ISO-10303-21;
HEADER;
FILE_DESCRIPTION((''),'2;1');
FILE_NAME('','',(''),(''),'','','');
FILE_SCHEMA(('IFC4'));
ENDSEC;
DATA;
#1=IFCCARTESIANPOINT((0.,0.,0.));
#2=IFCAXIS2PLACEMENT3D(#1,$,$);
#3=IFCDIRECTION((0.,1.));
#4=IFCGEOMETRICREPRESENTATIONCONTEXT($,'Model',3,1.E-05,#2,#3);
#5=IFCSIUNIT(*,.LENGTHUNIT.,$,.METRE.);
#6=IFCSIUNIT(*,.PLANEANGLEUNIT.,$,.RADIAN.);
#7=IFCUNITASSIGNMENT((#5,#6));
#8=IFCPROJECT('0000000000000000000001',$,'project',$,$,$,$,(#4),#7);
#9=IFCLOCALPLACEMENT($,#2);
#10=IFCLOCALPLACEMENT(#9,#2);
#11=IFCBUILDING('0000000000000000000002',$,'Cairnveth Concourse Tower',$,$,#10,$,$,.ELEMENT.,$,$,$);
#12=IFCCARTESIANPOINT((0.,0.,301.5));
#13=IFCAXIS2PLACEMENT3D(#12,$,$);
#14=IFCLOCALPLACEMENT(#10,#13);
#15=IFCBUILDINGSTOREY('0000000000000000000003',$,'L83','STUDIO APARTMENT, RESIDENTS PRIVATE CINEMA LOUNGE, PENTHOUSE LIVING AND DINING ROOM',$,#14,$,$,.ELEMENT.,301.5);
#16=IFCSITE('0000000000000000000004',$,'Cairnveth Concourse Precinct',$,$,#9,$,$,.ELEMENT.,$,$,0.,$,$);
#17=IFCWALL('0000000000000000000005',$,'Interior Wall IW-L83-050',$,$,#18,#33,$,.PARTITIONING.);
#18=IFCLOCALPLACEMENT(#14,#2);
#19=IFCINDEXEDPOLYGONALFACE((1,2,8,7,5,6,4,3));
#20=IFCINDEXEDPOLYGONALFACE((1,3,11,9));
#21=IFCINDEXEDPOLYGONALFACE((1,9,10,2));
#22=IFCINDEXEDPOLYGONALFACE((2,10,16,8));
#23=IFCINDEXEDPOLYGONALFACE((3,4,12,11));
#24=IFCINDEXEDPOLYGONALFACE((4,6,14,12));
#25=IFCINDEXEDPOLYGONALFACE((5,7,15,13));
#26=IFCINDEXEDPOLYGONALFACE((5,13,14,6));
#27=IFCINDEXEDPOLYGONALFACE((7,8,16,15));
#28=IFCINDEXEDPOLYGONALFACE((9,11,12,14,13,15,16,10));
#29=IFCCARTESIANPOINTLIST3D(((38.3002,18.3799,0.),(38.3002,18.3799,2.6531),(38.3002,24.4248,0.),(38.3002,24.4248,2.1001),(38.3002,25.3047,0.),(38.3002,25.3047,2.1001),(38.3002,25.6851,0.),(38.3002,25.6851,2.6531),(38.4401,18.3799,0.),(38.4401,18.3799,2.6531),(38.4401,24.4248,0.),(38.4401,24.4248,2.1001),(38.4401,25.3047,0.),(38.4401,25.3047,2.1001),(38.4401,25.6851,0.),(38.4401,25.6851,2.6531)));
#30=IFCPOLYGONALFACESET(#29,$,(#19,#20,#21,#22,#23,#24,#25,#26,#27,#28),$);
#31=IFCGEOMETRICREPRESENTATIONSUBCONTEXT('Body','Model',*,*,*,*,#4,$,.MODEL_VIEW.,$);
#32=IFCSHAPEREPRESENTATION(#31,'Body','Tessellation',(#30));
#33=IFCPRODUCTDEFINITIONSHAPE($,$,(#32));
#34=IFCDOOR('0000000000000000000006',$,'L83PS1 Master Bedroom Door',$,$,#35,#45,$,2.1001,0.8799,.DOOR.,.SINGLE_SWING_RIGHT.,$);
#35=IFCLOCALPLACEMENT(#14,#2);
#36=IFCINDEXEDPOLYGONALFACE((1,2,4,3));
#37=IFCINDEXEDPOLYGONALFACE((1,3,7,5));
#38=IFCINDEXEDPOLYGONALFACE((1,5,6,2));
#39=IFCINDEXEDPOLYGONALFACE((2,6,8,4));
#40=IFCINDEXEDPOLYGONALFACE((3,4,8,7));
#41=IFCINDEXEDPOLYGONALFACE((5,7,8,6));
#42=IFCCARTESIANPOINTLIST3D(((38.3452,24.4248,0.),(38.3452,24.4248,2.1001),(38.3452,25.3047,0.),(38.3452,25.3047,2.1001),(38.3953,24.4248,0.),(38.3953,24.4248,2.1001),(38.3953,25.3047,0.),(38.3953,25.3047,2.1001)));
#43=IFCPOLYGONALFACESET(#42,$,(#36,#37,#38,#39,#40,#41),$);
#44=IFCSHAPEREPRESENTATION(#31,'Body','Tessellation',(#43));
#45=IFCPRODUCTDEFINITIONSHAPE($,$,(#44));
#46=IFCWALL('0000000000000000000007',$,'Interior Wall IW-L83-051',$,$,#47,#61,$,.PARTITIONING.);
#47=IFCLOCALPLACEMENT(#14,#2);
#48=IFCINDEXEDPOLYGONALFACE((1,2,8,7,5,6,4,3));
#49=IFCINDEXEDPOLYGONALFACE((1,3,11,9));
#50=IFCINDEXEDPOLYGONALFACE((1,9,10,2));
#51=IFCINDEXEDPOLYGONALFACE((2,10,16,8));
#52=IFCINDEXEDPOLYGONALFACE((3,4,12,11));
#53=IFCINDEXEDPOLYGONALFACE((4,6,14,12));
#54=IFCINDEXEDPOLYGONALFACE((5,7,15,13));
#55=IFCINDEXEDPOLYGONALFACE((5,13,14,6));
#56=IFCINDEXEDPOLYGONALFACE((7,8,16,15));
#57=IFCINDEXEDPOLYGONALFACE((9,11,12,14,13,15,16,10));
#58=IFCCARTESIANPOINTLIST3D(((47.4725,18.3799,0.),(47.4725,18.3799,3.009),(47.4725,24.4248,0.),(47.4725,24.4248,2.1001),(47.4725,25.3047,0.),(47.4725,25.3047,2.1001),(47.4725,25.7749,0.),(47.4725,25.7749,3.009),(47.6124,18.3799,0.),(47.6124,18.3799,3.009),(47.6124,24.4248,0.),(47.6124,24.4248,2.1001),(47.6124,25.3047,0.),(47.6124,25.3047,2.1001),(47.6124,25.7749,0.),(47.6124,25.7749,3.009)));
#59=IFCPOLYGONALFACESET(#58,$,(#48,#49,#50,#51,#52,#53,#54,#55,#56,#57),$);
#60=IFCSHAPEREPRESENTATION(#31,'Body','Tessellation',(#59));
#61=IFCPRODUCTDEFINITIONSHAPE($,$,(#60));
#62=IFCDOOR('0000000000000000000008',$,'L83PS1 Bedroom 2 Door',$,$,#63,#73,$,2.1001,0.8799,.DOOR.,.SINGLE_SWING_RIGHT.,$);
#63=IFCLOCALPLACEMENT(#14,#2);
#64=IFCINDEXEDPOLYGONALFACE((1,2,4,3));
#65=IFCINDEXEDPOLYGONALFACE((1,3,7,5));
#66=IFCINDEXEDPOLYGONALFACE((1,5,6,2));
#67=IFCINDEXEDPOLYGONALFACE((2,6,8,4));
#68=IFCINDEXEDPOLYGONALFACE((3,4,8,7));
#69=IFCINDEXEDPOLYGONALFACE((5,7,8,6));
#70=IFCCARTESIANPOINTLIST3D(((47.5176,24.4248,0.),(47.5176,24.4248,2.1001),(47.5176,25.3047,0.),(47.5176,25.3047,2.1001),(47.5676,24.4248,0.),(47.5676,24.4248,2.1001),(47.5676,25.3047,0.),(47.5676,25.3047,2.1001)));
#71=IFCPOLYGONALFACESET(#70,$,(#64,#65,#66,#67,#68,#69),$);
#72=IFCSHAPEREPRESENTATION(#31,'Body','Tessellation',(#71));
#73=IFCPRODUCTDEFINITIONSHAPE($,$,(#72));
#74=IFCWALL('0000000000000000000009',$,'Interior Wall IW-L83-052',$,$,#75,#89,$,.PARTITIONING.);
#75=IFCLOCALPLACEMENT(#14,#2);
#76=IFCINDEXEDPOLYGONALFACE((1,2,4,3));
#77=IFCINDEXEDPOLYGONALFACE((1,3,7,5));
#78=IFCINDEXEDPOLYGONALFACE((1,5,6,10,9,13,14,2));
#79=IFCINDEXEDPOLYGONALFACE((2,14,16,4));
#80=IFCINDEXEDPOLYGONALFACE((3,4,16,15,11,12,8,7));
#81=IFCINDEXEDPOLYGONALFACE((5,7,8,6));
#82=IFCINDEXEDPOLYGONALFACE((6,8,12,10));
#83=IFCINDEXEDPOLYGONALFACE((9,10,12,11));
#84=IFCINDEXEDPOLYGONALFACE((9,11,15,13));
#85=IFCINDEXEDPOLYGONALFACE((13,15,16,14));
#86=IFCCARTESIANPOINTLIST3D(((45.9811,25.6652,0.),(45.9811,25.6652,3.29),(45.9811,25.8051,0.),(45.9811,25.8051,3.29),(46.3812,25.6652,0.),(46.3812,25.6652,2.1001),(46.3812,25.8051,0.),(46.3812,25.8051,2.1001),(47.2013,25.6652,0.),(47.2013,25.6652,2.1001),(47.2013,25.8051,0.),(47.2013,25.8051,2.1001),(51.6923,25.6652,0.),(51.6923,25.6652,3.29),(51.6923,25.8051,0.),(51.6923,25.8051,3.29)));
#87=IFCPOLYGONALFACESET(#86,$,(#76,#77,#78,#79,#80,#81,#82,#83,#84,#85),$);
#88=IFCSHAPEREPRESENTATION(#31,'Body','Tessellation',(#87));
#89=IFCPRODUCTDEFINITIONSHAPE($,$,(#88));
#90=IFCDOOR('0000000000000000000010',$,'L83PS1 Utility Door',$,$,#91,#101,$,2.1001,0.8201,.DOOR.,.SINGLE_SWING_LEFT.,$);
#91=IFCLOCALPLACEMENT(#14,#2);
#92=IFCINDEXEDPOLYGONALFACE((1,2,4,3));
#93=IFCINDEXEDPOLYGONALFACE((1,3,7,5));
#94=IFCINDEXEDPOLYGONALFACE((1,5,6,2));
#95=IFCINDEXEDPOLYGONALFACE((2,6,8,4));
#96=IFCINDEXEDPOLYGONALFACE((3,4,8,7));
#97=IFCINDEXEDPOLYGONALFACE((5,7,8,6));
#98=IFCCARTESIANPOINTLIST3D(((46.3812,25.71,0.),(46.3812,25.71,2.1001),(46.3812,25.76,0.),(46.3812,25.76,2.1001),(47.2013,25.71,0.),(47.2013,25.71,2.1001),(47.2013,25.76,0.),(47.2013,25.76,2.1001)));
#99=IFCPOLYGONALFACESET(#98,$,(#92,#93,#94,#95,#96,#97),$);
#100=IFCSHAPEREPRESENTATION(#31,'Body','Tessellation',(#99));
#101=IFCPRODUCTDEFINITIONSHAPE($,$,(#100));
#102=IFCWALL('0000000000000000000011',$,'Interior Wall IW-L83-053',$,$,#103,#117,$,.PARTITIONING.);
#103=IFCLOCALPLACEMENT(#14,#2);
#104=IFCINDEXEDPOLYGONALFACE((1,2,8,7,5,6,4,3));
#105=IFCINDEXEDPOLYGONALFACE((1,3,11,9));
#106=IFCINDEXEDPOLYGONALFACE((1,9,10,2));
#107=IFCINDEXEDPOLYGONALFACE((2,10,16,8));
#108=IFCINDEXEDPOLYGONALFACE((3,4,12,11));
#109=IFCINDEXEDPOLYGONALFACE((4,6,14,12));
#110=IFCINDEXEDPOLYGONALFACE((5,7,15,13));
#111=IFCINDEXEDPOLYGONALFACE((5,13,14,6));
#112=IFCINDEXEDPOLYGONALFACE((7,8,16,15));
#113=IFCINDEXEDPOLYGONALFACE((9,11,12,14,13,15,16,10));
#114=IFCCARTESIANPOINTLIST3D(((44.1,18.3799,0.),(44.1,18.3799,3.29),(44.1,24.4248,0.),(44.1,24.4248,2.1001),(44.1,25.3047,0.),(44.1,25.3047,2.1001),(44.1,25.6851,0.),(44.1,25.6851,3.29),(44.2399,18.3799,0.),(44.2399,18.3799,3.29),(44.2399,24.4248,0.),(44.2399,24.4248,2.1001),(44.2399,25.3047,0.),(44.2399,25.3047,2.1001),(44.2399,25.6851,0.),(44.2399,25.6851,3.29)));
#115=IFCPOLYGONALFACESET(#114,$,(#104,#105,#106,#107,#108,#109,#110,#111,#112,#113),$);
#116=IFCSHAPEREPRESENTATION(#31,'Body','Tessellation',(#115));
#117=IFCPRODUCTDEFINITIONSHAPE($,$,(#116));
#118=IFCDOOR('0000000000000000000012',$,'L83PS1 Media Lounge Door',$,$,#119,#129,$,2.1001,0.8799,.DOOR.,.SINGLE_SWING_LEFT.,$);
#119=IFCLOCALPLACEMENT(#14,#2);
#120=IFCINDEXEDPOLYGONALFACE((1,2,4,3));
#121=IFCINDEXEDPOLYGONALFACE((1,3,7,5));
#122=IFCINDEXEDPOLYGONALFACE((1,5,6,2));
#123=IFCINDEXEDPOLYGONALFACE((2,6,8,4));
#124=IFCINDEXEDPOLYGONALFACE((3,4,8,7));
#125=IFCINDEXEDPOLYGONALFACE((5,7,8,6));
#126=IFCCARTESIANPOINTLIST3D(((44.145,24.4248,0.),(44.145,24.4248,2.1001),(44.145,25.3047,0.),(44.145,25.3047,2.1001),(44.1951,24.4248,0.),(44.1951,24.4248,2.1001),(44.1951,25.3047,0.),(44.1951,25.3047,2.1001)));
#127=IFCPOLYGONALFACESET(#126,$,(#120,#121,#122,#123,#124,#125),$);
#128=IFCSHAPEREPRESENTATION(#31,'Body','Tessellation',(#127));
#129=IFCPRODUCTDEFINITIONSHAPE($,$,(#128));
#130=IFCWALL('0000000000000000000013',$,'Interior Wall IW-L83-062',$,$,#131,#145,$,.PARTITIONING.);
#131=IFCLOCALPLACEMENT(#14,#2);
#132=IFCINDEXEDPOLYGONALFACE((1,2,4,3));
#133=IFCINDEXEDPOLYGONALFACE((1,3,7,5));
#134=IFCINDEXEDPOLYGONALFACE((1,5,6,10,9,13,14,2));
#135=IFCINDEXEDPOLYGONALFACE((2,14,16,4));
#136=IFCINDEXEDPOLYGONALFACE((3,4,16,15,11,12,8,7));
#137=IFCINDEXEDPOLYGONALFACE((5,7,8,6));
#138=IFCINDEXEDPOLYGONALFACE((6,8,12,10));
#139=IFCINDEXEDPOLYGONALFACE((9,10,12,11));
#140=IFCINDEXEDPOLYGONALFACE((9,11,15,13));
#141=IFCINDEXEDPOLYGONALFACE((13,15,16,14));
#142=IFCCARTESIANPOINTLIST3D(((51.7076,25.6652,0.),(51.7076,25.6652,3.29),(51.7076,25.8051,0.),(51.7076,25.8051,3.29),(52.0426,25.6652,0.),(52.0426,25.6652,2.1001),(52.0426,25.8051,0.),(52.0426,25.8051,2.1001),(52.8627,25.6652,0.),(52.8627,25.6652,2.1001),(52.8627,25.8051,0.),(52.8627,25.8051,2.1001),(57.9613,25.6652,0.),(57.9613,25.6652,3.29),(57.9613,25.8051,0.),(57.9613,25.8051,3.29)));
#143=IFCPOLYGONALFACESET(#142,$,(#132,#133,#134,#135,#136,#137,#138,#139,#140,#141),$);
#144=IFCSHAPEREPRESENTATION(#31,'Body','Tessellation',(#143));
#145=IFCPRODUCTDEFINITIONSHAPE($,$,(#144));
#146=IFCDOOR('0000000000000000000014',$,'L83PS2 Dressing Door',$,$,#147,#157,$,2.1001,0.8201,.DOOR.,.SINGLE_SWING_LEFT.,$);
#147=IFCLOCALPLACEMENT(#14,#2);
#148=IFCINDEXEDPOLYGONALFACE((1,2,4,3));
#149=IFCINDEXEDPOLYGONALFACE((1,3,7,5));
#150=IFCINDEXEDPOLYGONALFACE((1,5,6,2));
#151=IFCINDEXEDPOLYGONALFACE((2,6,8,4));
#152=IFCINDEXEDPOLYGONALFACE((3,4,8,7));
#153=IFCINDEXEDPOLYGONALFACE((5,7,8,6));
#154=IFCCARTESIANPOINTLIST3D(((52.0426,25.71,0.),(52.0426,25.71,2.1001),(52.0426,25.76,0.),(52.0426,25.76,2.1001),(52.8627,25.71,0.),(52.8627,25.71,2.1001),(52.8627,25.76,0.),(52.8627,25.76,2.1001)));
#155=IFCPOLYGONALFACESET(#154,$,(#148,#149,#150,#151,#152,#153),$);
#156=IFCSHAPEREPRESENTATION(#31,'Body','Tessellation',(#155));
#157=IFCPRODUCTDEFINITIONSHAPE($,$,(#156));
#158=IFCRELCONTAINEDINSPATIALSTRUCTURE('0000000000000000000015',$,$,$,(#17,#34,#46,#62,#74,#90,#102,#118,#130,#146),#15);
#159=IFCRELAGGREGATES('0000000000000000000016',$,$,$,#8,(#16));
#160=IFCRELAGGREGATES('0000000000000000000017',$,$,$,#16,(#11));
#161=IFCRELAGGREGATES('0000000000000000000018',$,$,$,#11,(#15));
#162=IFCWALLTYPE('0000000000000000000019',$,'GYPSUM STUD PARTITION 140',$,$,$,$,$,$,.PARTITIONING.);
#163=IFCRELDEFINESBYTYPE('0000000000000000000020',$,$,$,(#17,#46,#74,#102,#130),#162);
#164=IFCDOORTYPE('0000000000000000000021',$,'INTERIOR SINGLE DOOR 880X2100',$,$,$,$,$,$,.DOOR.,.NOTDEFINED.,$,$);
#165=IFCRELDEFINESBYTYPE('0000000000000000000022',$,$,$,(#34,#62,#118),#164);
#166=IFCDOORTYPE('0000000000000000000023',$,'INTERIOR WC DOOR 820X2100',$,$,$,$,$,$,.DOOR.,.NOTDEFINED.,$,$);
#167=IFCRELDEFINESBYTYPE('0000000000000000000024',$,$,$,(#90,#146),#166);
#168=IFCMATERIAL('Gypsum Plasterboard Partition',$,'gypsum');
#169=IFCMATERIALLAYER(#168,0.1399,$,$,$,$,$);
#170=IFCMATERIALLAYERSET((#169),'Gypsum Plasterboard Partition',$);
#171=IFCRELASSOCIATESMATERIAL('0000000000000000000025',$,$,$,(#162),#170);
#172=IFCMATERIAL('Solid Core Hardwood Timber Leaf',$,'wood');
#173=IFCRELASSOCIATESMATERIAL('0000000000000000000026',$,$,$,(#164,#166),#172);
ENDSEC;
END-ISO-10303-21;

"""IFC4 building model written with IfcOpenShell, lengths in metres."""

from ifc_helpers import new_model, si_unit, direction, frame, frame_2d, origin, place, context, subcontext, project, spatial, rectangle, extrude, material, layer, layer_set, type_object, element, fill, save


model = new_model("IFC4")

# Units and contexts
model_context = context("Model", 3, precision=1e-05, world=origin(), true_north=direction((0.0, 1.0)))
body_context = subcontext(model_context, "Body", "Model", "MODEL_VIEW")
ifc_project = project(units=[si_unit("LENGTHUNIT", "METRE"), si_unit("PLANEANGLEUNIT", "RADIAN")], contexts=[model_context])

# Site, building, storey
site_placement = place(None, origin())
site = spatial("IfcSite", under=ifc_project, at=site_placement, Name="Cairnveth Concourse Precinct", CompositionType="ELEMENT", RefElevation=0.0)
building_placement = place(site_placement, origin())
building = spatial("IfcBuilding", under=site, at=building_placement, Name="Cairnveth Concourse Tower", CompositionType="ELEMENT")
storey_placement = place(building_placement, frame((0.0, 0.0, 301.5)))
storey = spatial("IfcBuildingStorey", under=building, at=storey_placement, Name="L83", Description="STUDIO APARTMENT, RESIDENTS PRIVATE CINEMA LOUNGE, PENTHOUSE LIVING AND DINING ROOM", CompositionType="ELEMENT", Elevation=301.5)

# Shared definitions
ifc_material_1 = material(Name="Gypsum Plasterboard Partition", Category="gypsum")

# Walls, openings, doors
ifc_layer_1 = layer(ifc_material_1, 0.1399)
ifc_layer_set_1 = layer_set([ifc_layer_1], Name="Gypsum Plasterboard Partition")
wall_type_1 = type_object("IfcWallType", Name="GYPSUM STUD PARTITION 140", PredefinedType="PARTITIONING", material=ifc_layer_set_1)
wall_1_placement = place(storey_placement, frame((38.3701, 18.3799, 0.0), z_axis=(0.0, 0.0, 1.0), x_axis=(0.0, 1.0, 0.0)))
wall_1 = element("IfcWall", 1, at=wall_1_placement, inside=storey, type_object=wall_type_1, Name="Interior Wall IW-L83-050", PredefinedType="PARTITIONING", context=body_context, shape_type="SweptSolid", body=[
    extrude(rectangle(XDim=7.3052, YDim=0.1399, at=frame_2d((3.6526, 0.0))), origin(), (0.0, 0.0, 1.0), 2.6531),
])
opening_1_placement = place(wall_1_placement, frame((6.0449, 0.0, 0.0)))
opening_1 = element("IfcOpeningElement", 2, at=opening_1_placement, cuts=wall_1, PredefinedType="OPENING", context=body_context, shape_type="SweptSolid", body=[
    extrude(rectangle(XDim=0.8799, YDim=2.1001, at=frame_2d((0.4399, 1.05))), frame((0.0, 0.0798, 0.0), z_axis=(0.0, -1.0, 0.0), x_axis=(1.0, 0.0, 0.0)), (0.0, 0.0, 1.0), 0.1599),
])
ifc_material_2 = material(Name="Solid Core Hardwood Timber Leaf", Category="wood")
door_type_1 = type_object("IfcDoorType", Name="INTERIOR SINGLE DOOR 880X2100", OperationType="NOTDEFINED", PredefinedType="DOOR", material=ifc_material_2)
door_1_placement = place(opening_1_placement, origin())
door_1 = element("IfcDoor", 3, at=door_1_placement, inside=storey, type_object=door_type_1, Name="L83PS1 Master Bedroom Door", OperationType="SINGLE_SWING_RIGHT", OverallHeight=2.1001, OverallWidth=0.8799, PredefinedType="DOOR", context=body_context, shape_type="SweptSolid", body=[
    extrude(rectangle(XDim=0.8799, YDim=2.1001, at=frame_2d((0.4399, 1.05))), frame((0.0, 0.0249, 0.0), z_axis=(0.0, -1.0, 0.0), x_axis=(1.0, 0.0, 0.0)), (0.0, 0.0, 1.0), 0.05),
])
fill(opening_1, door_1)
wall_2_placement = place(storey_placement, frame((47.5425, 18.3799, 0.0), z_axis=(0.0, 0.0, 1.0), x_axis=(0.0, 1.0, 0.0)))
wall_2 = element("IfcWall", 4, at=wall_2_placement, inside=storey, type_object=wall_type_1, Name="Interior Wall IW-L83-051", PredefinedType="PARTITIONING", context=body_context, shape_type="SweptSolid", body=[
    extrude(rectangle(XDim=7.395, YDim=0.1399, at=frame_2d((3.6975, 0.0))), origin(), (0.0, 0.0, 1.0), 3.009),
])
opening_2_placement = place(wall_2_placement, frame((6.0449, 0.0, 0.0)))
opening_2 = element("IfcOpeningElement", 5, at=opening_2_placement, cuts=wall_2, PredefinedType="OPENING", context=body_context, shape_type="SweptSolid", body=[
    extrude(rectangle(XDim=0.8799, YDim=2.1001, at=frame_2d((0.4399, 1.05))), frame((0.0, 0.0798, 0.0), z_axis=(0.0, -1.0, 0.0), x_axis=(1.0, 0.0, 0.0)), (0.0, 0.0, 1.0), 0.1599),
])
door_2_placement = place(opening_2_placement, origin())
door_2 = element("IfcDoor", 6, at=door_2_placement, inside=storey, type_object=door_type_1, Name="L83PS1 Bedroom 2 Door", OperationType="SINGLE_SWING_RIGHT", OverallHeight=2.1001, OverallWidth=0.8799, PredefinedType="DOOR", context=body_context, shape_type="SweptSolid", body=[
    extrude(rectangle(XDim=0.8799, YDim=2.1001, at=frame_2d((0.4399, 1.05))), frame((0.0, 0.0249, 0.0), z_axis=(0.0, -1.0, 0.0), x_axis=(1.0, 0.0, 0.0)), (0.0, 0.0, 1.0), 0.05),
])
fill(opening_2, door_2)
wall_3_placement = place(storey_placement, frame((45.9812, 25.7351, 0.0), z_axis=(0.0, 0.0, 1.0), x_axis=(1.0, 0.0, 0.0)))
wall_3 = element("IfcWall", 7, at=wall_3_placement, inside=storey, type_object=wall_type_1, Name="Interior Wall IW-L83-052", PredefinedType="PARTITIONING", context=body_context, shape_type="SweptSolid", body=[
    extrude(rectangle(XDim=5.7112, YDim=0.1399, at=frame_2d((2.8555, 0.0))), origin(), (0.0, 0.0, 1.0), 3.29),
])
opening_3_placement = place(wall_3_placement, frame((0.3999, 0.0, 0.0)))
opening_3 = element("IfcOpeningElement", 8, at=opening_3_placement, cuts=wall_3, PredefinedType="OPENING", context=body_context, shape_type="SweptSolid", body=[
    extrude(rectangle(XDim=0.8201, YDim=2.1001, at=frame_2d((0.4102, 1.05))), frame((0.0, 0.0798, 0.0), z_axis=(0.0, -1.0, 0.0), x_axis=(1.0, 0.0, 0.0)), (0.0, 0.0, 1.0), 0.1599),
])
door_type_2 = type_object("IfcDoorType", Name="INTERIOR WC DOOR 820X2100", OperationType="NOTDEFINED", PredefinedType="DOOR", material=ifc_material_2)
door_3_placement = place(opening_3_placement, origin())
door_3 = element("IfcDoor", 9, at=door_3_placement, inside=storey, type_object=door_type_2, Name="L83PS1 Utility Door", OperationType="SINGLE_SWING_LEFT", OverallHeight=2.1001, OverallWidth=0.8201, PredefinedType="DOOR", context=body_context, shape_type="SweptSolid", body=[
    extrude(rectangle(XDim=0.8201, YDim=2.1001, at=frame_2d((0.4102, 1.05))), frame((0.0, 0.0249, 0.0), z_axis=(0.0, -1.0, 0.0), x_axis=(1.0, 0.0, 0.0)), (0.0, 0.0, 1.0), 0.05),
])
fill(opening_3, door_3)
wall_4_placement = place(storey_placement, frame((44.1699, 18.3799, 0.0), z_axis=(0.0, 0.0, 1.0), x_axis=(0.0, 1.0, 0.0)))
wall_4 = element("IfcWall", 10, at=wall_4_placement, inside=storey, type_object=wall_type_1, Name="Interior Wall IW-L83-053", PredefinedType="PARTITIONING", context=body_context, shape_type="SweptSolid", body=[
    extrude(rectangle(XDim=7.3052, YDim=0.1399, at=frame_2d((3.6526, 0.0))), origin(), (0.0, 0.0, 1.0), 3.29),
])
opening_4_placement = place(wall_4_placement, frame((6.0449, 0.0, 0.0)))
opening_4 = element("IfcOpeningElement", 11, at=opening_4_placement, cuts=wall_4, PredefinedType="OPENING", context=body_context, shape_type="SweptSolid", body=[
    extrude(rectangle(XDim=0.8799, YDim=2.1001, at=frame_2d((0.4399, 1.05))), frame((0.0, 0.0798, 0.0), z_axis=(0.0, -1.0, 0.0), x_axis=(1.0, 0.0, 0.0)), (0.0, 0.0, 1.0), 0.1599),
])
door_4_placement = place(opening_4_placement, origin())
door_4 = element("IfcDoor", 12, at=door_4_placement, inside=storey, type_object=door_type_1, Name="L83PS1 Media Lounge Door", OperationType="SINGLE_SWING_LEFT", OverallHeight=2.1001, OverallWidth=0.8799, PredefinedType="DOOR", context=body_context, shape_type="SweptSolid", body=[
    extrude(rectangle(XDim=0.8799, YDim=2.1001, at=frame_2d((0.4399, 1.05))), frame((0.0, 0.0249, 0.0), z_axis=(0.0, -1.0, 0.0), x_axis=(1.0, 0.0, 0.0)), (0.0, 0.0, 1.0), 0.05),
])
fill(opening_4, door_4)
wall_5_placement = place(storey_placement, frame((51.7075, 25.7351, 0.0), z_axis=(0.0, 0.0, 1.0), x_axis=(1.0, 0.0, 0.0)))
wall_5 = element("IfcWall", 13, at=wall_5_placement, inside=storey, type_object=wall_type_1, Name="Interior Wall IW-L83-062", PredefinedType="PARTITIONING", context=body_context, shape_type="SweptSolid", body=[
    extrude(rectangle(XDim=6.2537, YDim=0.1399, at=frame_2d((3.127, 0.0))), origin(), (0.0, 0.0, 1.0), 3.29),
])
opening_5_placement = place(wall_5_placement, frame((0.335, 0.0, 0.0)))
opening_5 = element("IfcOpeningElement", 14, at=opening_5_placement, cuts=wall_5, PredefinedType="OPENING", context=body_context, shape_type="SweptSolid", body=[
    extrude(rectangle(XDim=0.8201, YDim=2.1001, at=frame_2d((0.4102, 1.05))), frame((0.0, 0.0798, 0.0), z_axis=(0.0, -1.0, 0.0), x_axis=(1.0, 0.0, 0.0)), (0.0, 0.0, 1.0), 0.1599),
])
door_5_placement = place(opening_5_placement, origin())
door_5 = element("IfcDoor", 15, at=door_5_placement, inside=storey, type_object=door_type_2, Name="L83PS2 Dressing Door", OperationType="SINGLE_SWING_LEFT", OverallHeight=2.1001, OverallWidth=0.8201, PredefinedType="DOOR", context=body_context, shape_type="SweptSolid", body=[
    extrude(rectangle(XDim=0.8201, YDim=2.1001, at=frame_2d((0.4102, 1.05))), frame((0.0, 0.0249, 0.0), z_axis=(0.0, -1.0, 0.0), x_axis=(1.0, 0.0, 0.0)), (0.0, 0.0, 1.0), 0.05),
])
fill(opening_5, door_5)

save(model, "model.ifc")
